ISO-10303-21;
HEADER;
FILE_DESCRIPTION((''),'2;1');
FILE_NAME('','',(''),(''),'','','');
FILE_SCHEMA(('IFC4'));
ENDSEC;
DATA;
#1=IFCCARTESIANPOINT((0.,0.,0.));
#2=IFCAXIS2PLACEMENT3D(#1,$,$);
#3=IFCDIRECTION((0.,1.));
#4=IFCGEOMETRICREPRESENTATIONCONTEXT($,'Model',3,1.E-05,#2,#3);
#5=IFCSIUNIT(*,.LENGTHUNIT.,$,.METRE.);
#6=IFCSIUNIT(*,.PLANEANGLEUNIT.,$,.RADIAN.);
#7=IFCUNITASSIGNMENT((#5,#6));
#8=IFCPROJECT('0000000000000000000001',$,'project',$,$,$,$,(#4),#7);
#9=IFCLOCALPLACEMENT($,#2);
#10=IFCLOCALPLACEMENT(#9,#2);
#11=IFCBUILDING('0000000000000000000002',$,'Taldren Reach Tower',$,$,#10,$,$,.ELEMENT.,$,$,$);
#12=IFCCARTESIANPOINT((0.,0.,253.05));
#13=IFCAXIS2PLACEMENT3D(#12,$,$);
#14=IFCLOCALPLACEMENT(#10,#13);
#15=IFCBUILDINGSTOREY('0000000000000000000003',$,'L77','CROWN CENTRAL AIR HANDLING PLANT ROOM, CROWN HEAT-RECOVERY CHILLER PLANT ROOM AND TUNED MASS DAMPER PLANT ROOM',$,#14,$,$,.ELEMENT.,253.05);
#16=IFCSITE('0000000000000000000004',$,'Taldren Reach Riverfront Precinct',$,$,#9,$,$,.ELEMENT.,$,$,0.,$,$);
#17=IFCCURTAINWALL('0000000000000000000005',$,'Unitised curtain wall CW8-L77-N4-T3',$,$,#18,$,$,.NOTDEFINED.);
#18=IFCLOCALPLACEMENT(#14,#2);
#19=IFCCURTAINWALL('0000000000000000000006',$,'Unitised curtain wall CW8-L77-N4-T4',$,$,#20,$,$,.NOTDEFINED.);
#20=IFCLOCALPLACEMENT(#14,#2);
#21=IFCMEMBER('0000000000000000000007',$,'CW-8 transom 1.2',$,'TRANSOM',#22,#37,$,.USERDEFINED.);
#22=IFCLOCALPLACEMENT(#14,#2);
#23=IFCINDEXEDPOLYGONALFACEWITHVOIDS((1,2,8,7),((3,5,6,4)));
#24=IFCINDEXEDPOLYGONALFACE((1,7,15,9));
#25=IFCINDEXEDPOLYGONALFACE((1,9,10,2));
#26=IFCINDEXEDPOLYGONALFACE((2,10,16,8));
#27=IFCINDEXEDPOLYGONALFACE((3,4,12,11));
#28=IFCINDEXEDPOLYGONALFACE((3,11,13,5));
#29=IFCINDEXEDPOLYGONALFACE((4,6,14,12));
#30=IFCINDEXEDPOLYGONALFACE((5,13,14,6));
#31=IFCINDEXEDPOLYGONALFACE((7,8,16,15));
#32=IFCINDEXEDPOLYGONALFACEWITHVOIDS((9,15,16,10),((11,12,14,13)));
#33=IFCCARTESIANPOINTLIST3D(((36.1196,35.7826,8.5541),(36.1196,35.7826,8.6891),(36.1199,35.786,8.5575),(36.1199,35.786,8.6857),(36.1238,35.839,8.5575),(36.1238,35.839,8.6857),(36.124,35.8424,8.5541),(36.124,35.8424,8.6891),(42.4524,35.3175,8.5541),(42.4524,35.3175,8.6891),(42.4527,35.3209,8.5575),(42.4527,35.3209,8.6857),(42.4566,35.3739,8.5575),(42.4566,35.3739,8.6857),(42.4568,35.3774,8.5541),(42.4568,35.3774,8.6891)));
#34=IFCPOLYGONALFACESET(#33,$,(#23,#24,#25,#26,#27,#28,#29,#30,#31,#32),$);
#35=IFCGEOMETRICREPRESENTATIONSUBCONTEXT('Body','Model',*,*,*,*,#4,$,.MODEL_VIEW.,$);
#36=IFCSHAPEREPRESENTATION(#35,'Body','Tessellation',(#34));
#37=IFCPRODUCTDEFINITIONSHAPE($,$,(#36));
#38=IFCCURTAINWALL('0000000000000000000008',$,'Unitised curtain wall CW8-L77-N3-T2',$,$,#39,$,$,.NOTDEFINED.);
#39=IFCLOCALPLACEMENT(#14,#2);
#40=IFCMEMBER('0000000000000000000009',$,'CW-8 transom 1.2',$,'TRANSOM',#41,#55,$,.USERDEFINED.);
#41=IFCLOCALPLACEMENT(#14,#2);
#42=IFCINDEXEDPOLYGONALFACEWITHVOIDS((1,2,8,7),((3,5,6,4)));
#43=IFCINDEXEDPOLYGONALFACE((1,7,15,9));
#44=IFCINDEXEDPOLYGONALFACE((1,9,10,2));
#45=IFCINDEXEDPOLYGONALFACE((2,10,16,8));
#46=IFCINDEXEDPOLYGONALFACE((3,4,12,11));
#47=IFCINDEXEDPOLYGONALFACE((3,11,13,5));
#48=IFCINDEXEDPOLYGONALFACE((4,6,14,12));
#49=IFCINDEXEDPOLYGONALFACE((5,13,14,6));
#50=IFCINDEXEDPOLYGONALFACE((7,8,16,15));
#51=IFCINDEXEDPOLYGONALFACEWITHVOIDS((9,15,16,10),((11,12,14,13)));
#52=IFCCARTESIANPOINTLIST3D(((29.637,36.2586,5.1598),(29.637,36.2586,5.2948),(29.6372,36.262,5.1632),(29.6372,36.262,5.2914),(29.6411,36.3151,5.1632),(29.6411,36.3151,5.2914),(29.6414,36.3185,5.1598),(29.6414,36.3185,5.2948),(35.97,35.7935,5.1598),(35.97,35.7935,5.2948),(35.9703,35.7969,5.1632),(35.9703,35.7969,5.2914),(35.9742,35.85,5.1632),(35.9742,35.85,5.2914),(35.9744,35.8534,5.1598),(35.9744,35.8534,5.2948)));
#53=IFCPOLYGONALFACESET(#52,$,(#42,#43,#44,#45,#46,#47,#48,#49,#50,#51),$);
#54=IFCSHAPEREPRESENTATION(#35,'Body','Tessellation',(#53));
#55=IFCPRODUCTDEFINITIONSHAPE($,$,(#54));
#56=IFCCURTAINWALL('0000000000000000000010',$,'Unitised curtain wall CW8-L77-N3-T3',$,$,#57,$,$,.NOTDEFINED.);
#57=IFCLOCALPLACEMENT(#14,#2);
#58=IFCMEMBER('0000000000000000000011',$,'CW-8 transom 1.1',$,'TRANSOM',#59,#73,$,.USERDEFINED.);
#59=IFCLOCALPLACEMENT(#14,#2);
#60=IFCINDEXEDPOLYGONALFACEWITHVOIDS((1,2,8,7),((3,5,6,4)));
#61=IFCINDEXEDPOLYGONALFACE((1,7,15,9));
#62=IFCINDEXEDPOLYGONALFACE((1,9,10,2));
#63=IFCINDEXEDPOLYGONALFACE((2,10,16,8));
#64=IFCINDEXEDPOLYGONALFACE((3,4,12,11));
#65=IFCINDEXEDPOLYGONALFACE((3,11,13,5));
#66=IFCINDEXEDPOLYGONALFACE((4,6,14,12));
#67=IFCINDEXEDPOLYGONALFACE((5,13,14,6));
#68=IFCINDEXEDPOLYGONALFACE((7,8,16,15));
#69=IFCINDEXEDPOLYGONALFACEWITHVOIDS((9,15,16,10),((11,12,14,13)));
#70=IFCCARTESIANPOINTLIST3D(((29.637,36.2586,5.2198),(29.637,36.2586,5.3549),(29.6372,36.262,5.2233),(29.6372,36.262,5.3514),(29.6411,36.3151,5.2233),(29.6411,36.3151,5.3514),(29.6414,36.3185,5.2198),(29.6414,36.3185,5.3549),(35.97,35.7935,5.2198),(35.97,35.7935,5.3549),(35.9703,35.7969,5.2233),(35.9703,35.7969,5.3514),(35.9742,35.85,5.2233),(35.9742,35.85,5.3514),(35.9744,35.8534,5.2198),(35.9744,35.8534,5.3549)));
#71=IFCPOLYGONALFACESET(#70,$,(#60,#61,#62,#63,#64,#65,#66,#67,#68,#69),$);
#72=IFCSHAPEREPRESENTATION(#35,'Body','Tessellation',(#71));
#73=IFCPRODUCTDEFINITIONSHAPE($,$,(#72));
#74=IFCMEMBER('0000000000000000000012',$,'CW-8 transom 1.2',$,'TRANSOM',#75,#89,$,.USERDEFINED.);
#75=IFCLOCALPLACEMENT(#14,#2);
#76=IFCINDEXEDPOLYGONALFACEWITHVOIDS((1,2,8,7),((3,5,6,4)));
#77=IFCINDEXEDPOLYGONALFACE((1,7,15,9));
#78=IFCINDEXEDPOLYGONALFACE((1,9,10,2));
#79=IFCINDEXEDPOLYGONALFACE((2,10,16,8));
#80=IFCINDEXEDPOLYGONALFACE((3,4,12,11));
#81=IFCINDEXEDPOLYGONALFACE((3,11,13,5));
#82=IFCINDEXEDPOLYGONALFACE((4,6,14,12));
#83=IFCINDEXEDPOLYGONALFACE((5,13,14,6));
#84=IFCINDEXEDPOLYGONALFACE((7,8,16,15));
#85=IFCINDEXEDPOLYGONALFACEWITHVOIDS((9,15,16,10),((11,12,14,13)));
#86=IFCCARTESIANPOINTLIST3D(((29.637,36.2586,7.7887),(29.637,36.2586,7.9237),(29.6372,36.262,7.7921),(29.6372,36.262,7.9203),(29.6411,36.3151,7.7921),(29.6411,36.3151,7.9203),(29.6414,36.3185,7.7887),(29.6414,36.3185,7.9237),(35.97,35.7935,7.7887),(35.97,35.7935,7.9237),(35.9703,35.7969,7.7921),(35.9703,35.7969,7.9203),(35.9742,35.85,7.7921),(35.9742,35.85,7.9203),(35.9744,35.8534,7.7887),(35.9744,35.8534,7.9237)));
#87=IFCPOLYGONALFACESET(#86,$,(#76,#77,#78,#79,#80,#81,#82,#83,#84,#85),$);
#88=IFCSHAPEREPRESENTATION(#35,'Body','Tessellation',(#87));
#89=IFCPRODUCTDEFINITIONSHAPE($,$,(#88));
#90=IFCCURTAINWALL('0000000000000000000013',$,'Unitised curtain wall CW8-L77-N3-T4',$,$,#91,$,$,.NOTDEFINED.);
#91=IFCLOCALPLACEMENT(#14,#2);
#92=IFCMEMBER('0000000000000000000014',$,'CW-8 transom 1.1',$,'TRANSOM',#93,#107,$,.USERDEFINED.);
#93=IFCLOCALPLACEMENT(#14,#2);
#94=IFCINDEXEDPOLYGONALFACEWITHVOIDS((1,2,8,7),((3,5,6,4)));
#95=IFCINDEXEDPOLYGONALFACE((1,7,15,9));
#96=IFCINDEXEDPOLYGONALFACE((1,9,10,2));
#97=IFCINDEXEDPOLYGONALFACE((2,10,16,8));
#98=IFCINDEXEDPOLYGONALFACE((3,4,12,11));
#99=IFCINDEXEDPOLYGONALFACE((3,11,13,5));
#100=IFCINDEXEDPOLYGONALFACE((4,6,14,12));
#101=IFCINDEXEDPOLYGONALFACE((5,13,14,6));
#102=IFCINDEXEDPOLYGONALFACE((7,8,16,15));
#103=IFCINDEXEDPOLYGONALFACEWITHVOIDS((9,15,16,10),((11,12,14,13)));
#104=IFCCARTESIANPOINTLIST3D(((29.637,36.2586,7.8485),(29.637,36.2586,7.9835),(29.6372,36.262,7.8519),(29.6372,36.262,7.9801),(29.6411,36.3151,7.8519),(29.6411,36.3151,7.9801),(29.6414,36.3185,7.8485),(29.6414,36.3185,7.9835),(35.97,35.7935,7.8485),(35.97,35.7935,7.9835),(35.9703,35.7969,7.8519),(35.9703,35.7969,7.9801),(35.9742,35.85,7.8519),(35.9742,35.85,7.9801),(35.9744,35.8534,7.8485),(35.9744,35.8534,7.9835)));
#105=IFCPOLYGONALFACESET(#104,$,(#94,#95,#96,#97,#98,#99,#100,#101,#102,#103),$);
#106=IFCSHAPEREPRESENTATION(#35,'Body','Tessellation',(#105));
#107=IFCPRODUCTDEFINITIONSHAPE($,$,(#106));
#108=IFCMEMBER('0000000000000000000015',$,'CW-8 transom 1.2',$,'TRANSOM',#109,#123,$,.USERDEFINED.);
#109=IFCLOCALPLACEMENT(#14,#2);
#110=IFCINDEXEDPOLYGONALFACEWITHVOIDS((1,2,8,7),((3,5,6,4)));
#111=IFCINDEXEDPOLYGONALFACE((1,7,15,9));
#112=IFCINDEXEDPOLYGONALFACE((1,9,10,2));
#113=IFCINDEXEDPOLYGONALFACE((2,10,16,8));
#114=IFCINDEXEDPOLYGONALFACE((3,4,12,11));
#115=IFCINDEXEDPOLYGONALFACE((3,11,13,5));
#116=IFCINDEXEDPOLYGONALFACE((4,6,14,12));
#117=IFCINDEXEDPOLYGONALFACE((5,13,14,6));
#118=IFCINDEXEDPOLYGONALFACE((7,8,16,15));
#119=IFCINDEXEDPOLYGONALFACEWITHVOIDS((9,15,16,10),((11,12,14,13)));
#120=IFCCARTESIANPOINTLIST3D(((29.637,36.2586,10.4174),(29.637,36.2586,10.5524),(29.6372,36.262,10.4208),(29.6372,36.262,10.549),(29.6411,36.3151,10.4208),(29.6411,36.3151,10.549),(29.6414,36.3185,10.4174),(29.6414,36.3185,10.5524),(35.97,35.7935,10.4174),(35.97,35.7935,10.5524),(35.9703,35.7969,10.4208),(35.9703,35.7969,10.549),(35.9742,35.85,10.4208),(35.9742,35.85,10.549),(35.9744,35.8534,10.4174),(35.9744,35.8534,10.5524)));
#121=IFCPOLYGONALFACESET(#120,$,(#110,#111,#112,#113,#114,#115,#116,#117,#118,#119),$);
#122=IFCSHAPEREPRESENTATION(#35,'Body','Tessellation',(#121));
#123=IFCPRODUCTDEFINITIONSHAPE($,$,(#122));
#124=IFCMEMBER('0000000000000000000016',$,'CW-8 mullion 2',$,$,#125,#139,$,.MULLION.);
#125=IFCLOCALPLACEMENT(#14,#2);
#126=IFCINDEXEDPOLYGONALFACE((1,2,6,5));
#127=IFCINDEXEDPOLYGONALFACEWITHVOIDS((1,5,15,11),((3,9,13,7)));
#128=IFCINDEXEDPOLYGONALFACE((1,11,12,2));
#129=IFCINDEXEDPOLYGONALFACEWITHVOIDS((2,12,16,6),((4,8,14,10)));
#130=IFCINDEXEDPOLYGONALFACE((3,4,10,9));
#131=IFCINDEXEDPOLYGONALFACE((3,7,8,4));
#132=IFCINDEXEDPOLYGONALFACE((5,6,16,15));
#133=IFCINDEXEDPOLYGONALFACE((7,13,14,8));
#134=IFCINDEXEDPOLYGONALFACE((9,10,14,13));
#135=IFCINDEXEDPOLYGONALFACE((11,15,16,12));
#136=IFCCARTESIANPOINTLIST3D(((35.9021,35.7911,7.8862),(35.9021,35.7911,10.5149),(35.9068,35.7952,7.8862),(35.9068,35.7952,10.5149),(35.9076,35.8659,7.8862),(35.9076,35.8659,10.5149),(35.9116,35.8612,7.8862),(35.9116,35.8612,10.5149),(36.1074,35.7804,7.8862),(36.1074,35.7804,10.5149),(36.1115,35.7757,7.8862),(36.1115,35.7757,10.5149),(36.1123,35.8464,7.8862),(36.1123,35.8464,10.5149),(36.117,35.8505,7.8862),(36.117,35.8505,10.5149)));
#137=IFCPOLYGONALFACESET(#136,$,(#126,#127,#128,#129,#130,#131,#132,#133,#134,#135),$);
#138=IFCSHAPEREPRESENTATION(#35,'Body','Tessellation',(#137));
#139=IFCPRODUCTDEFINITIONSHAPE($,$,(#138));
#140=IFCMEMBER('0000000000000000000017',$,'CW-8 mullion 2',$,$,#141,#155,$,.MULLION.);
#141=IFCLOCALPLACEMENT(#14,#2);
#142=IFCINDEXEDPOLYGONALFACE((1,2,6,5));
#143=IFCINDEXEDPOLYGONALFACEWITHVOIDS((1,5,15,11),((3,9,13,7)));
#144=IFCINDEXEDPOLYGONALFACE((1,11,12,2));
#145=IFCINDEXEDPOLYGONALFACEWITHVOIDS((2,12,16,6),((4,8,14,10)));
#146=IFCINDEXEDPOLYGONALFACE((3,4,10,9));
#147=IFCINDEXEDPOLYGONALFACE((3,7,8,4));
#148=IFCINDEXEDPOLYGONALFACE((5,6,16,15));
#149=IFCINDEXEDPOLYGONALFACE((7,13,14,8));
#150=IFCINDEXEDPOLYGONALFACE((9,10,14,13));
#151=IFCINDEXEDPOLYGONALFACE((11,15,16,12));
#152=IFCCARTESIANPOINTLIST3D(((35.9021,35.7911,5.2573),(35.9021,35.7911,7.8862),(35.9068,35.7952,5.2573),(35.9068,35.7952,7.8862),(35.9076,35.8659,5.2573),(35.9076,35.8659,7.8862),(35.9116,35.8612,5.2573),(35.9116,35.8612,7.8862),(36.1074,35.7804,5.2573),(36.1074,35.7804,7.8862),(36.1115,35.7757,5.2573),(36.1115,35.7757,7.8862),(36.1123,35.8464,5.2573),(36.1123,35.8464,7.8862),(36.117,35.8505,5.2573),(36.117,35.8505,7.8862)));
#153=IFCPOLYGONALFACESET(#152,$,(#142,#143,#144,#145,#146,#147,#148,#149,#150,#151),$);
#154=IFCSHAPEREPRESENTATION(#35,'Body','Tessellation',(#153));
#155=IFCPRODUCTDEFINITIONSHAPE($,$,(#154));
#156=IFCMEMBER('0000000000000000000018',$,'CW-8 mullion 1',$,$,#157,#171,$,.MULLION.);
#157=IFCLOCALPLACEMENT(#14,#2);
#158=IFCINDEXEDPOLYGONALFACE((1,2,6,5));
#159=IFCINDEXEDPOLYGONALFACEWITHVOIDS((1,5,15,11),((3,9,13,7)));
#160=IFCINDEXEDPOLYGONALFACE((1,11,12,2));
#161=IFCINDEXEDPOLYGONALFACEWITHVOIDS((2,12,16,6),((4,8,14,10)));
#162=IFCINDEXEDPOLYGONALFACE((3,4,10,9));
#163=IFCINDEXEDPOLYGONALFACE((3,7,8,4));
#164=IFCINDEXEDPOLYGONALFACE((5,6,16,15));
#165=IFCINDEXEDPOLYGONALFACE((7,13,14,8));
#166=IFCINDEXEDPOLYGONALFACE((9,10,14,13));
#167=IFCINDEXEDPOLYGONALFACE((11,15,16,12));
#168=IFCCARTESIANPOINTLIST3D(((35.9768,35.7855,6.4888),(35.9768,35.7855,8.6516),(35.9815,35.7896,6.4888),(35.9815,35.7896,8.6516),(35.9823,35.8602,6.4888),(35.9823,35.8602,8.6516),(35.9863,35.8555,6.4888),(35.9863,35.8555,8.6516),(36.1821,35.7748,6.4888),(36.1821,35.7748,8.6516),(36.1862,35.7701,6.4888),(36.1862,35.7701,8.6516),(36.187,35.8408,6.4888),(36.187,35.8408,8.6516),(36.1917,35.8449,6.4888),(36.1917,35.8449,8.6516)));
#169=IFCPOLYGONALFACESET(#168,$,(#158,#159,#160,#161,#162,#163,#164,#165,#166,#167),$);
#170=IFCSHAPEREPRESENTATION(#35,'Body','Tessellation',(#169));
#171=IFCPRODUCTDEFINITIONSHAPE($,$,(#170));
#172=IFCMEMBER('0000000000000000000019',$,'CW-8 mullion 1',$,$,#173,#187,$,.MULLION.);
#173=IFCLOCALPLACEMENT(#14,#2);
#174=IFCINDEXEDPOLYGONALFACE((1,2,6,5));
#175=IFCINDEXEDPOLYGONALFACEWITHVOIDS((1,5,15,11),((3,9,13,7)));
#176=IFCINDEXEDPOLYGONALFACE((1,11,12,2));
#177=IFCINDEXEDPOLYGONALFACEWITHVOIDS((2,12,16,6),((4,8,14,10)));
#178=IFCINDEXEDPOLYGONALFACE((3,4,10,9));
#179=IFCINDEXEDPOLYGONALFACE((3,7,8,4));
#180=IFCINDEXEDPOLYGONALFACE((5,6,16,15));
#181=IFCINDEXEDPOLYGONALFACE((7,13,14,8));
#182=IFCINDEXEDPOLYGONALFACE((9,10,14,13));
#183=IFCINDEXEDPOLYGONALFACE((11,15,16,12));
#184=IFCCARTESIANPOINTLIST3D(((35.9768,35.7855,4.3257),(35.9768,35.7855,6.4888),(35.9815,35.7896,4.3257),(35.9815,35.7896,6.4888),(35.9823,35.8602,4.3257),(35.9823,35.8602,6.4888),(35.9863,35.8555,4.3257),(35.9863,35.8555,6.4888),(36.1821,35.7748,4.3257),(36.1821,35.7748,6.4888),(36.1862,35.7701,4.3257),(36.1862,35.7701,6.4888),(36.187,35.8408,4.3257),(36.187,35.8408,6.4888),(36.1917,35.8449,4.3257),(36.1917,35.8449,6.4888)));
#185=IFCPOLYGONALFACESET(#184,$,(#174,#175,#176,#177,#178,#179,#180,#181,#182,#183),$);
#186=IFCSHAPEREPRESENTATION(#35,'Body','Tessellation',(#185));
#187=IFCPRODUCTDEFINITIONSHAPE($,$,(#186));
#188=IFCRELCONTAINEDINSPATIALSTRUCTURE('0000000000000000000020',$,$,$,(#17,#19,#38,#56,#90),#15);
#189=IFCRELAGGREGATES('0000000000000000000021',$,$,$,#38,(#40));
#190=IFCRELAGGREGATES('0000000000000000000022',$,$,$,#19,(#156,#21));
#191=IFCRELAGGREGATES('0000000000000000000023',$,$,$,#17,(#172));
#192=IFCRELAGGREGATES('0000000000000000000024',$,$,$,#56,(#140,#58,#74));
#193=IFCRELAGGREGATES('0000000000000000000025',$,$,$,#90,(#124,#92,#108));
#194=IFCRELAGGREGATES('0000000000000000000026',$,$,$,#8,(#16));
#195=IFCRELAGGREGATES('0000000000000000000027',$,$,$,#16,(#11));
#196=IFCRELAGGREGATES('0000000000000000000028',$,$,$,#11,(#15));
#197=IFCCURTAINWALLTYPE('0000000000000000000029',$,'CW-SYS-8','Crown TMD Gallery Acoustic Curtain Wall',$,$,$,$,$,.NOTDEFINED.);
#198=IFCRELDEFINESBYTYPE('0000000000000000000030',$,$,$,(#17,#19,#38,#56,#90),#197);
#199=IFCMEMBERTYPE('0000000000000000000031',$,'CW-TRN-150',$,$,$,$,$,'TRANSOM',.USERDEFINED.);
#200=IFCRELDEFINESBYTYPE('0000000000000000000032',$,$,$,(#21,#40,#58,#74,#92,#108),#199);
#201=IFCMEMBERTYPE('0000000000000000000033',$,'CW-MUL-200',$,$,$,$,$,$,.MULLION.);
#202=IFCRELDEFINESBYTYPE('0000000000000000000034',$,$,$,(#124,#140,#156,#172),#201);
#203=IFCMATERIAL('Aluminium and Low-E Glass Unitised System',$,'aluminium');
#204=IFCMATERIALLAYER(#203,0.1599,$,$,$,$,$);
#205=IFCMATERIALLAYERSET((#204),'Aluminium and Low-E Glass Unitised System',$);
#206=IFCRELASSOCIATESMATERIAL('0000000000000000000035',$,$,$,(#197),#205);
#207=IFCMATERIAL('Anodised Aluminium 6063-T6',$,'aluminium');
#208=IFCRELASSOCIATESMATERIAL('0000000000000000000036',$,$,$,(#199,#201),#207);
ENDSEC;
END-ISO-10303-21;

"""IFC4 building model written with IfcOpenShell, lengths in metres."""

from ifc_helpers import new_model, si_unit, direction, frame, origin, origin_2d, place, context, subcontext, project, spatial, hollow_rectangle, extrude, source, transform, mapped, material, layer, layer_set, material_profile, profile_set, type_object, element, aggregate, save


model = new_model("IFC4")

# Units and contexts
model_context = context("Model", 3, precision=1e-05, world=origin(), true_north=direction((0.0, 1.0)))
body_context = subcontext(model_context, "Body", "Model", "MODEL_VIEW")
ifc_project = project(units=[si_unit("LENGTHUNIT", "METRE"), si_unit("PLANEANGLEUNIT", "RADIAN")], contexts=[model_context])

# Site, building, storey
site_placement = place(None, origin())
site = spatial("IfcSite", under=ifc_project, at=site_placement, Name="Taldren Reach Riverfront Precinct", CompositionType="ELEMENT", RefElevation=0.0)
building_placement = place(site_placement, origin())
building = spatial("IfcBuilding", under=site, at=building_placement, Name="Taldren Reach Tower", CompositionType="ELEMENT")
storey_placement = place(building_placement, frame((0.0, 0.0, 253.05)))
storey = spatial("IfcBuildingStorey", under=building, at=storey_placement, Name="L77", Description="CROWN CENTRAL AIR HANDLING PLANT ROOM, CROWN HEAT-RECOVERY CHILLER PLANT ROOM AND TUNED MASS DAMPER PLANT ROOM", CompositionType="ELEMENT", Elevation=253.05)

# Shared definitions
ifc_material_1 = material(Name="Aluminium and Low-E Glass Unitised System", Category="aluminium")
ifc_layer_1 = layer(ifc_material_1, 0.1599)
ifc_layer_set_1 = layer_set([ifc_layer_1], Name="Aluminium and Low-E Glass Unitised System")
curtain_wall_type = type_object("IfcCurtainWallType", Name="CW-SYS-8", Description="Crown TMD Gallery Acoustic Curtain Wall", PredefinedType="NOTDEFINED", material=ifc_layer_set_1)
ifc_material_2 = material(Name="Anodised Aluminium 6063-T6", Category="aluminium")
ifc_material_profile_1 = material_profile(ifc_material_2, hollow_rectangle(XDim=0.0601, YDim=0.135, WallThickness=0.0034, at=origin_2d()), Name="ALU-135x60x3.5RHS")
ifc_profile_set_1 = profile_set([ifc_material_profile_1], Name="Anodised Aluminium 6063-T6")
member_type_1 = type_object("IfcMemberType", Name="CW-TRN-150", ElementType="TRANSOM", PredefinedType="USERDEFINED", material=ifc_profile_set_1)
shared_shape_1 = source(origin(), body_context, "Body", "SweptSolid", [
    extrude(hollow_rectangle(XDim=0.0601, YDim=0.135, WallThickness=0.0034, at=origin_2d()), origin(), (0.0, 0.0, 1.0), 6.3499),
])

# Curtain walls, member
curtain_wall_1_placement = place(storey_placement, origin())
curtain_wall_1 = element("IfcCurtainWall", 1, at=curtain_wall_1_placement, inside=storey, type_object=curtain_wall_type, Name="Unitised curtain wall CW8-L77-N4-T3", PredefinedType="NOTDEFINED")
curtain_wall_2_placement = place(storey_placement, origin())
curtain_wall_2 = element("IfcCurtainWall", 2, at=curtain_wall_2_placement, inside=storey, type_object=curtain_wall_type, Name="Unitised curtain wall CW8-L77-N4-T4", PredefinedType="NOTDEFINED")
member_1_placement = place(storey_placement, frame((36.1218, 35.8125, 8.6216), z_axis=(0.997314, -0.073244, 0.0), x_axis=(0.073244, 0.997314, 0.0)))
member_1 = element("IfcMember", 3, at=member_1_placement, type_object=member_type_1, Name="CW-8 transom 1.2", ObjectType="TRANSOM", PredefinedType="USERDEFINED", context=body_context, shape_type="MappedRepresentation", body=[
    mapped(shared_shape_1, transform((0.0, 0.0, 0.0), scale=1.0)),
])

# Curtain wall, member
curtain_wall_3_placement = place(storey_placement, origin())
curtain_wall_3 = element("IfcCurtainWall", 4, at=curtain_wall_3_placement, inside=storey, type_object=curtain_wall_type, Name="Unitised curtain wall CW8-L77-N3-T2", PredefinedType="NOTDEFINED")
shared_shape_2 = source(origin(), body_context, "Body", "SweptSolid", [
    extrude(hollow_rectangle(XDim=0.0601, YDim=0.135, WallThickness=0.0034, at=origin_2d()), origin(), (0.0, 0.0, 1.0), 6.3501),
])
member_2_placement = place(storey_placement, frame((29.6392, 36.2886, 5.2273), z_axis=(0.997314, -0.073241, 0.0), x_axis=(0.073241, 0.997314, 0.0)))
member_2 = element("IfcMember", 5, at=member_2_placement, type_object=member_type_1, Name="CW-8 transom 1.2", ObjectType="TRANSOM", PredefinedType="USERDEFINED", context=body_context, shape_type="MappedRepresentation", body=[
    mapped(shared_shape_2, transform((0.0, 0.0, 0.0), scale=1.0)),
])
aggregate(curtain_wall_3, [member_2])

# Curtain walls, members
curtain_wall_4_placement = place(storey_placement, origin())
curtain_wall_4 = element("IfcCurtainWall", 6, at=curtain_wall_4_placement, inside=storey, type_object=curtain_wall_type, Name="Unitised curtain wall CW8-L77-N3-T3", PredefinedType="NOTDEFINED")
member_3_placement = place(storey_placement, frame((29.6392, 36.2886, 5.2874), z_axis=(0.997314, -0.073241, 0.0), x_axis=(0.073241, 0.997314, 0.0)))
member_3 = element("IfcMember", 7, at=member_3_placement, type_object=member_type_1, Name="CW-8 transom 1.1", ObjectType="TRANSOM", PredefinedType="USERDEFINED", context=body_context, shape_type="MappedRepresentation", body=[
    mapped(shared_shape_2, transform((0.0, 0.0, 0.0), scale=1.0)),
])
member_4_placement = place(storey_placement, frame((29.6392, 36.2886, 7.8562), z_axis=(0.997314, -0.073241, 0.0), x_axis=(0.073241, 0.997314, 0.0)))
member_4 = element("IfcMember", 8, at=member_4_placement, type_object=member_type_1, Name="CW-8 transom 1.2", ObjectType="TRANSOM", PredefinedType="USERDEFINED", context=body_context, shape_type="MappedRepresentation", body=[
    mapped(shared_shape_2, transform((0.0, 0.0, 0.0), scale=1.0)),
])
curtain_wall_5_placement = place(storey_placement, origin())
curtain_wall_5 = element("IfcCurtainWall", 9, at=curtain_wall_5_placement, inside=storey, type_object=curtain_wall_type, Name="Unitised curtain wall CW8-L77-N3-T4", PredefinedType="NOTDEFINED")
member_5_placement = place(storey_placement, frame((29.6392, 36.2886, 7.916), z_axis=(0.997314, -0.073241, 0.0), x_axis=(0.073241, 0.997314, 0.0)))
member_5 = element("IfcMember", 10, at=member_5_placement, type_object=member_type_1, Name="CW-8 transom 1.1", ObjectType="TRANSOM", PredefinedType="USERDEFINED", context=body_context, shape_type="MappedRepresentation", body=[
    mapped(shared_shape_2, transform((0.0, 0.0, 0.0), scale=1.0)),
])
member_6_placement = place(storey_placement, frame((29.6392, 36.2886, 10.4849), z_axis=(0.997314, -0.073241, 0.0), x_axis=(0.073241, 0.997314, 0.0)))
member_6 = element("IfcMember", 11, at=member_6_placement, type_object=member_type_1, Name="CW-8 transom 1.2", ObjectType="TRANSOM", PredefinedType="USERDEFINED", context=body_context, shape_type="MappedRepresentation", body=[
    mapped(shared_shape_2, transform((0.0, 0.0, 0.0), scale=1.0)),
])
ifc_material_profile_2 = material_profile(ifc_material_2, hollow_rectangle(XDim=0.075, YDim=0.21, WallThickness=0.0044, at=origin_2d()), Name="ALU-210x75x4.5RHS")
ifc_profile_set_2 = profile_set([ifc_material_profile_2], Name="Anodised Aluminium 6063-T6")
member_type_2 = type_object("IfcMemberType", Name="CW-MUL-200", PredefinedType="MULLION", material=ifc_profile_set_2)
shared_shape_3 = source(origin(), body_context, "Body", "SweptSolid", [
    extrude(hollow_rectangle(XDim=0.075, YDim=0.21, WallThickness=0.0044, at=origin_2d()), origin(), (0.0, 0.0, 1.0), 2.6287),
])
member_7_placement = place(storey_placement, frame((36.0095, 35.8208, 7.8862), z_axis=(0.0, 0.0, 1.0), x_axis=(0.073237, 0.997315, 0.0)))
member_7 = element("IfcMember", 12, at=member_7_placement, type_object=member_type_2, Name="CW-8 mullion 2", PredefinedType="MULLION", context=body_context, shape_type="MappedRepresentation", body=[
    mapped(shared_shape_3, transform((0.0, 0.0, 0.0), scale=1.0)),
])

# Members
shared_shape_4 = source(origin(), body_context, "Body", "SweptSolid", [
    extrude(hollow_rectangle(XDim=0.075, YDim=0.21, WallThickness=0.0044, at=origin_2d()), origin(), (0.0, 0.0, 1.0), 2.6289),
])
member_8_placement = place(storey_placement, frame((36.0095, 35.8208, 5.2573), z_axis=(0.0, 0.0, 1.0), x_axis=(0.073237, 0.997315, 0.0)))
member_8 = element("IfcMember", 13, at=member_8_placement, type_object=member_type_2, Name="CW-8 mullion 2", PredefinedType="MULLION", context=body_context, shape_type="MappedRepresentation", body=[
    mapped(shared_shape_4, transform((0.0, 0.0, 0.0), scale=1.0)),
])
shared_shape_5 = source(origin(), body_context, "Body", "SweptSolid", [
    extrude(hollow_rectangle(XDim=0.075, YDim=0.21, WallThickness=0.0044, at=origin_2d()), origin(), (0.0, 0.0, 1.0), 2.1628),
])
member_9_placement = place(storey_placement, frame((36.0842, 35.8152, 6.4888), z_axis=(0.0, 0.0, 1.0), x_axis=(0.073239, 0.997314, 0.0)))
member_9 = element("IfcMember", 14, at=member_9_placement, type_object=member_type_2, Name="CW-8 mullion 1", PredefinedType="MULLION", context=body_context, shape_type="MappedRepresentation", body=[
    mapped(shared_shape_5, transform((0.0, 0.0, 0.0), scale=1.0)),
])
aggregate(curtain_wall_2, [member_9, member_1])
shared_shape_6 = source(origin(), body_context, "Body", "SweptSolid", [
    extrude(hollow_rectangle(XDim=0.075, YDim=0.21, WallThickness=0.0044, at=origin_2d()), origin(), (0.0, 0.0, 1.0), 2.1631),
])
member_10_placement = place(storey_placement, frame((36.0842, 35.8152, 4.3257), z_axis=(0.0, 0.0, 1.0), x_axis=(0.073239, 0.997314, 0.0)))
member_10 = element("IfcMember", 15, at=member_10_placement, type_object=member_type_2, Name="CW-8 mullion 1", PredefinedType="MULLION", context=body_context, shape_type="MappedRepresentation", body=[
    mapped(shared_shape_6, transform((0.0, 0.0, 0.0), scale=1.0)),
])
aggregate(curtain_wall_1, [member_10])

aggregate(curtain_wall_4, [member_8, member_3, member_4])
aggregate(curtain_wall_5, [member_7, member_5, member_6])

save(model, "model.ifc")
